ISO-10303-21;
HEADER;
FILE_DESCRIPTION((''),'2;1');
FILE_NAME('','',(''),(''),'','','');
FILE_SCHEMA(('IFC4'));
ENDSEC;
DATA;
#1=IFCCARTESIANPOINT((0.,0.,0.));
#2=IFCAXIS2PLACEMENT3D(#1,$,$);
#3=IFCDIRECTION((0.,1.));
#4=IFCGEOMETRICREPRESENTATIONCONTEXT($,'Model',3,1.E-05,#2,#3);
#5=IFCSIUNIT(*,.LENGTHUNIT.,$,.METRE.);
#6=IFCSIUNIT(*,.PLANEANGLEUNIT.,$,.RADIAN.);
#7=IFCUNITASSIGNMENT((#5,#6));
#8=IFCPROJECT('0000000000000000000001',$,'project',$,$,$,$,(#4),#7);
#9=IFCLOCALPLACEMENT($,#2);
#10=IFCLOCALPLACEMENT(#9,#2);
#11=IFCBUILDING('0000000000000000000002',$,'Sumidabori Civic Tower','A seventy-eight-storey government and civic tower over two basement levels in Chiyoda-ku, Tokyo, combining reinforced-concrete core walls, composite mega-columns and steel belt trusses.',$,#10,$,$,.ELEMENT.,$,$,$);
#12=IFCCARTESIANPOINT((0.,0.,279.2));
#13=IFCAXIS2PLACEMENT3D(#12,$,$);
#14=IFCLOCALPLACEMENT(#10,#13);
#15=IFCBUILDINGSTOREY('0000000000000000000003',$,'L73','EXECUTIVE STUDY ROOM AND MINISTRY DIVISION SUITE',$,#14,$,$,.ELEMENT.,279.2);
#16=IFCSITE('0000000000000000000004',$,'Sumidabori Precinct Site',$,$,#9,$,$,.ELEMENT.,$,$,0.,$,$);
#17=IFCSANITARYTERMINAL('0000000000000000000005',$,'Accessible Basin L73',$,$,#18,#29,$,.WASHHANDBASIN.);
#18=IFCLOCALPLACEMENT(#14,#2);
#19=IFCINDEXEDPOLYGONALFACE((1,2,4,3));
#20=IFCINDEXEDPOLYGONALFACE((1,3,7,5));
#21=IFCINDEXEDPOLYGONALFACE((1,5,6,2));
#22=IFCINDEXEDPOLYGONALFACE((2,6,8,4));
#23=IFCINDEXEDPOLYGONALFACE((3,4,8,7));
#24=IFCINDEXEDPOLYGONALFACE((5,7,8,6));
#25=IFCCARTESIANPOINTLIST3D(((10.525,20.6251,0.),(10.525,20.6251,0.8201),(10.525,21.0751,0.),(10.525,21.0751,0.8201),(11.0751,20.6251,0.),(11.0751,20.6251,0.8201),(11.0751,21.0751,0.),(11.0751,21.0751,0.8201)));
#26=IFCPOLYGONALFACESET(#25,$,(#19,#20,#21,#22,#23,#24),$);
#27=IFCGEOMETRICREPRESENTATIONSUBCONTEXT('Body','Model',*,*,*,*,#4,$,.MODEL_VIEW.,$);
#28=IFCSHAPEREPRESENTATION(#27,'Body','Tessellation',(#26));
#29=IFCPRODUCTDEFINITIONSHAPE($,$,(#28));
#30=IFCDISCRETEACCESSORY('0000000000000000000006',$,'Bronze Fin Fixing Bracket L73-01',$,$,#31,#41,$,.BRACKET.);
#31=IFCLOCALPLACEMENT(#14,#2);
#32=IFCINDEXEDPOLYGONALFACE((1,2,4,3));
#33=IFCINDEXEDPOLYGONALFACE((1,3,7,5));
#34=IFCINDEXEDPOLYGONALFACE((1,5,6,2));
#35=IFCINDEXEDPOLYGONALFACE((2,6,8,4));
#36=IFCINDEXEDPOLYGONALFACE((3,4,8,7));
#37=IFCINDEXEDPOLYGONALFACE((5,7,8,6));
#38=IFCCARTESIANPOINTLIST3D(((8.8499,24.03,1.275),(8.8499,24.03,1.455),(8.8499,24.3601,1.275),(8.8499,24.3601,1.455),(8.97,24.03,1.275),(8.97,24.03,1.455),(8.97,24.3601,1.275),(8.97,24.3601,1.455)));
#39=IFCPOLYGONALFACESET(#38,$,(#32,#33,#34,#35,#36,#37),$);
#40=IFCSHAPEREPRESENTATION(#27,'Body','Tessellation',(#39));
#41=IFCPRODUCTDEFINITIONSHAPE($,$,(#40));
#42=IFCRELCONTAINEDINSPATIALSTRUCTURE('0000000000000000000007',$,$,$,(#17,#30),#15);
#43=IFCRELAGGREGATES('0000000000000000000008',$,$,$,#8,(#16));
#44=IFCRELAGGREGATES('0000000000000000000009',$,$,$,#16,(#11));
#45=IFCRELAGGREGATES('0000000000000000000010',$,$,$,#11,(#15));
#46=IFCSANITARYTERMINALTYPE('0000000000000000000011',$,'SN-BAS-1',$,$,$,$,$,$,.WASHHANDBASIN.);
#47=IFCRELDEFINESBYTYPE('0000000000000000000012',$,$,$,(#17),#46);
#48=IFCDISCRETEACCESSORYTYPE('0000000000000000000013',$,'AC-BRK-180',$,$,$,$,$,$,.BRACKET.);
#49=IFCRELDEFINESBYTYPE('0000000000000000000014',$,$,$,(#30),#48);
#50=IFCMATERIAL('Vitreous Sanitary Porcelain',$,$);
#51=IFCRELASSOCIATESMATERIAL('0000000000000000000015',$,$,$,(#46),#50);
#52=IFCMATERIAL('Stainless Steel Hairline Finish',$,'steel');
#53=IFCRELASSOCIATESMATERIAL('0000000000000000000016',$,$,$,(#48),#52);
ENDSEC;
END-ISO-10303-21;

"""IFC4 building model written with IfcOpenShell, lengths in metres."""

from ifc_helpers import new_model, si_unit, direction, frame, origin, origin_2d, place, context, subcontext, project, spatial, rectangle, extrude, source, transform, mapped, material, material_profile, profile_set, type_object, element, save


model = new_model("IFC4")

# Units and contexts
model_context = context("Model", 3, precision=1e-05, world=origin(), true_north=direction((0.0, 1.0)))
body_context = subcontext(model_context, "Body", "Model", "MODEL_VIEW")
ifc_project = project(units=[si_unit("LENGTHUNIT", "METRE"), si_unit("PLANEANGLEUNIT", "RADIAN")], contexts=[model_context])

# Site, building, storey
site_placement = place(None, origin())
site = spatial("IfcSite", under=ifc_project, at=site_placement, Name="Sumidabori Precinct Site", CompositionType="ELEMENT", RefElevation=0.0)
building_placement = place(site_placement, origin())
building = spatial("IfcBuilding", under=site, at=building_placement, Name="Sumidabori Civic Tower", Description="A seventy-eight-storey government and civic tower over two basement levels in Chiyoda-ku, Tokyo, combining reinforced-concrete core walls, composite mega-columns and steel belt trusses.", CompositionType="ELEMENT")
storey_placement = place(building_placement, frame((0.0, 0.0, 279.2)))
storey = spatial("IfcBuildingStorey", under=building, at=storey_placement, Name="L73", Description="EXECUTIVE STUDY ROOM AND MINISTRY DIVISION SUITE", CompositionType="ELEMENT", Elevation=279.2)

# Shared definitions
ifc_material_1 = material(Name="Stainless Steel Hairline Finish", Category="steel")

# Sanitary terminal
ifc_material_2 = material(Name="Vitreous Sanitary Porcelain")
sanitary_terminal_type_1 = type_object("IfcSanitaryTerminalType", Name="SN-BAS-1", PredefinedType="WASHHANDBASIN", material=ifc_material_2)
shared_shape_1 = source(origin(), body_context, "Body", "SweptSolid", [
    extrude(rectangle(XDim=0.55, YDim=0.45, at=origin_2d()), origin(), (0.0, 0.0, 1.0), 0.8201),
])
sanitary_terminal_1_placement = place(storey_placement, frame((10.8, 20.8501, 0.0), z_axis=(0.0, 0.0, 1.0), x_axis=(1.0, 0.0, 0.0)))
element("IfcSanitaryTerminal", 1, at=sanitary_terminal_1_placement, inside=storey, type_object=sanitary_terminal_type_1, Name="Accessible Basin L73", PredefinedType="WASHHANDBASIN", context=body_context, shape_type="MappedRepresentation", body=[
    mapped(shared_shape_1, transform((0.0, 0.0, 0.0), x_axis=(1.0, 0.0, 0.0), y_axis=(0.0, 1.0, 0.0), z_axis=(0.0, 0.0, 1.0), scale=1.0)),
])

# Discrete accessory
ifc_material_profile_1 = material_profile(ifc_material_1, rectangle(XDim=0.1201, YDim=0.1799, at=origin_2d()), Name="STEEL BRACKET 180x120")
ifc_profile_set_1 = profile_set([ifc_material_profile_1], Name="Stainless Steel Hairline Finish")
discrete_accessory_type = type_object("IfcDiscreteAccessoryType", Name="AC-BRK-180", PredefinedType="BRACKET", material=ifc_profile_set_1)
shared_shape_2 = source(origin(), body_context, "Body", "SweptSolid", [
    extrude(rectangle(XDim=0.1201, YDim=0.1799, at=origin_2d()), origin(), (0.0, 0.0, 1.0), 0.3301),
])
discrete_accessory_placement = place(storey_placement, frame((8.9099, 24.03, 1.365), z_axis=(0.0, 1.0, 0.0), x_axis=(-1.0, 0.0, 0.0)))
element("IfcDiscreteAccessory", 2, at=discrete_accessory_placement, inside=storey, type_object=discrete_accessory_type, Name="Bronze Fin Fixing Bracket L73-01", PredefinedType="BRACKET", context=body_context, shape_type="MappedRepresentation", body=[
    mapped(shared_shape_2, transform((0.0, 0.0, 0.0), x_axis=(1.0, 0.0, 0.0), y_axis=(0.0, 1.0, 0.0), z_axis=(0.0, 0.0, 1.0), scale=1.0)),
])

save(model, "model.ifc")
